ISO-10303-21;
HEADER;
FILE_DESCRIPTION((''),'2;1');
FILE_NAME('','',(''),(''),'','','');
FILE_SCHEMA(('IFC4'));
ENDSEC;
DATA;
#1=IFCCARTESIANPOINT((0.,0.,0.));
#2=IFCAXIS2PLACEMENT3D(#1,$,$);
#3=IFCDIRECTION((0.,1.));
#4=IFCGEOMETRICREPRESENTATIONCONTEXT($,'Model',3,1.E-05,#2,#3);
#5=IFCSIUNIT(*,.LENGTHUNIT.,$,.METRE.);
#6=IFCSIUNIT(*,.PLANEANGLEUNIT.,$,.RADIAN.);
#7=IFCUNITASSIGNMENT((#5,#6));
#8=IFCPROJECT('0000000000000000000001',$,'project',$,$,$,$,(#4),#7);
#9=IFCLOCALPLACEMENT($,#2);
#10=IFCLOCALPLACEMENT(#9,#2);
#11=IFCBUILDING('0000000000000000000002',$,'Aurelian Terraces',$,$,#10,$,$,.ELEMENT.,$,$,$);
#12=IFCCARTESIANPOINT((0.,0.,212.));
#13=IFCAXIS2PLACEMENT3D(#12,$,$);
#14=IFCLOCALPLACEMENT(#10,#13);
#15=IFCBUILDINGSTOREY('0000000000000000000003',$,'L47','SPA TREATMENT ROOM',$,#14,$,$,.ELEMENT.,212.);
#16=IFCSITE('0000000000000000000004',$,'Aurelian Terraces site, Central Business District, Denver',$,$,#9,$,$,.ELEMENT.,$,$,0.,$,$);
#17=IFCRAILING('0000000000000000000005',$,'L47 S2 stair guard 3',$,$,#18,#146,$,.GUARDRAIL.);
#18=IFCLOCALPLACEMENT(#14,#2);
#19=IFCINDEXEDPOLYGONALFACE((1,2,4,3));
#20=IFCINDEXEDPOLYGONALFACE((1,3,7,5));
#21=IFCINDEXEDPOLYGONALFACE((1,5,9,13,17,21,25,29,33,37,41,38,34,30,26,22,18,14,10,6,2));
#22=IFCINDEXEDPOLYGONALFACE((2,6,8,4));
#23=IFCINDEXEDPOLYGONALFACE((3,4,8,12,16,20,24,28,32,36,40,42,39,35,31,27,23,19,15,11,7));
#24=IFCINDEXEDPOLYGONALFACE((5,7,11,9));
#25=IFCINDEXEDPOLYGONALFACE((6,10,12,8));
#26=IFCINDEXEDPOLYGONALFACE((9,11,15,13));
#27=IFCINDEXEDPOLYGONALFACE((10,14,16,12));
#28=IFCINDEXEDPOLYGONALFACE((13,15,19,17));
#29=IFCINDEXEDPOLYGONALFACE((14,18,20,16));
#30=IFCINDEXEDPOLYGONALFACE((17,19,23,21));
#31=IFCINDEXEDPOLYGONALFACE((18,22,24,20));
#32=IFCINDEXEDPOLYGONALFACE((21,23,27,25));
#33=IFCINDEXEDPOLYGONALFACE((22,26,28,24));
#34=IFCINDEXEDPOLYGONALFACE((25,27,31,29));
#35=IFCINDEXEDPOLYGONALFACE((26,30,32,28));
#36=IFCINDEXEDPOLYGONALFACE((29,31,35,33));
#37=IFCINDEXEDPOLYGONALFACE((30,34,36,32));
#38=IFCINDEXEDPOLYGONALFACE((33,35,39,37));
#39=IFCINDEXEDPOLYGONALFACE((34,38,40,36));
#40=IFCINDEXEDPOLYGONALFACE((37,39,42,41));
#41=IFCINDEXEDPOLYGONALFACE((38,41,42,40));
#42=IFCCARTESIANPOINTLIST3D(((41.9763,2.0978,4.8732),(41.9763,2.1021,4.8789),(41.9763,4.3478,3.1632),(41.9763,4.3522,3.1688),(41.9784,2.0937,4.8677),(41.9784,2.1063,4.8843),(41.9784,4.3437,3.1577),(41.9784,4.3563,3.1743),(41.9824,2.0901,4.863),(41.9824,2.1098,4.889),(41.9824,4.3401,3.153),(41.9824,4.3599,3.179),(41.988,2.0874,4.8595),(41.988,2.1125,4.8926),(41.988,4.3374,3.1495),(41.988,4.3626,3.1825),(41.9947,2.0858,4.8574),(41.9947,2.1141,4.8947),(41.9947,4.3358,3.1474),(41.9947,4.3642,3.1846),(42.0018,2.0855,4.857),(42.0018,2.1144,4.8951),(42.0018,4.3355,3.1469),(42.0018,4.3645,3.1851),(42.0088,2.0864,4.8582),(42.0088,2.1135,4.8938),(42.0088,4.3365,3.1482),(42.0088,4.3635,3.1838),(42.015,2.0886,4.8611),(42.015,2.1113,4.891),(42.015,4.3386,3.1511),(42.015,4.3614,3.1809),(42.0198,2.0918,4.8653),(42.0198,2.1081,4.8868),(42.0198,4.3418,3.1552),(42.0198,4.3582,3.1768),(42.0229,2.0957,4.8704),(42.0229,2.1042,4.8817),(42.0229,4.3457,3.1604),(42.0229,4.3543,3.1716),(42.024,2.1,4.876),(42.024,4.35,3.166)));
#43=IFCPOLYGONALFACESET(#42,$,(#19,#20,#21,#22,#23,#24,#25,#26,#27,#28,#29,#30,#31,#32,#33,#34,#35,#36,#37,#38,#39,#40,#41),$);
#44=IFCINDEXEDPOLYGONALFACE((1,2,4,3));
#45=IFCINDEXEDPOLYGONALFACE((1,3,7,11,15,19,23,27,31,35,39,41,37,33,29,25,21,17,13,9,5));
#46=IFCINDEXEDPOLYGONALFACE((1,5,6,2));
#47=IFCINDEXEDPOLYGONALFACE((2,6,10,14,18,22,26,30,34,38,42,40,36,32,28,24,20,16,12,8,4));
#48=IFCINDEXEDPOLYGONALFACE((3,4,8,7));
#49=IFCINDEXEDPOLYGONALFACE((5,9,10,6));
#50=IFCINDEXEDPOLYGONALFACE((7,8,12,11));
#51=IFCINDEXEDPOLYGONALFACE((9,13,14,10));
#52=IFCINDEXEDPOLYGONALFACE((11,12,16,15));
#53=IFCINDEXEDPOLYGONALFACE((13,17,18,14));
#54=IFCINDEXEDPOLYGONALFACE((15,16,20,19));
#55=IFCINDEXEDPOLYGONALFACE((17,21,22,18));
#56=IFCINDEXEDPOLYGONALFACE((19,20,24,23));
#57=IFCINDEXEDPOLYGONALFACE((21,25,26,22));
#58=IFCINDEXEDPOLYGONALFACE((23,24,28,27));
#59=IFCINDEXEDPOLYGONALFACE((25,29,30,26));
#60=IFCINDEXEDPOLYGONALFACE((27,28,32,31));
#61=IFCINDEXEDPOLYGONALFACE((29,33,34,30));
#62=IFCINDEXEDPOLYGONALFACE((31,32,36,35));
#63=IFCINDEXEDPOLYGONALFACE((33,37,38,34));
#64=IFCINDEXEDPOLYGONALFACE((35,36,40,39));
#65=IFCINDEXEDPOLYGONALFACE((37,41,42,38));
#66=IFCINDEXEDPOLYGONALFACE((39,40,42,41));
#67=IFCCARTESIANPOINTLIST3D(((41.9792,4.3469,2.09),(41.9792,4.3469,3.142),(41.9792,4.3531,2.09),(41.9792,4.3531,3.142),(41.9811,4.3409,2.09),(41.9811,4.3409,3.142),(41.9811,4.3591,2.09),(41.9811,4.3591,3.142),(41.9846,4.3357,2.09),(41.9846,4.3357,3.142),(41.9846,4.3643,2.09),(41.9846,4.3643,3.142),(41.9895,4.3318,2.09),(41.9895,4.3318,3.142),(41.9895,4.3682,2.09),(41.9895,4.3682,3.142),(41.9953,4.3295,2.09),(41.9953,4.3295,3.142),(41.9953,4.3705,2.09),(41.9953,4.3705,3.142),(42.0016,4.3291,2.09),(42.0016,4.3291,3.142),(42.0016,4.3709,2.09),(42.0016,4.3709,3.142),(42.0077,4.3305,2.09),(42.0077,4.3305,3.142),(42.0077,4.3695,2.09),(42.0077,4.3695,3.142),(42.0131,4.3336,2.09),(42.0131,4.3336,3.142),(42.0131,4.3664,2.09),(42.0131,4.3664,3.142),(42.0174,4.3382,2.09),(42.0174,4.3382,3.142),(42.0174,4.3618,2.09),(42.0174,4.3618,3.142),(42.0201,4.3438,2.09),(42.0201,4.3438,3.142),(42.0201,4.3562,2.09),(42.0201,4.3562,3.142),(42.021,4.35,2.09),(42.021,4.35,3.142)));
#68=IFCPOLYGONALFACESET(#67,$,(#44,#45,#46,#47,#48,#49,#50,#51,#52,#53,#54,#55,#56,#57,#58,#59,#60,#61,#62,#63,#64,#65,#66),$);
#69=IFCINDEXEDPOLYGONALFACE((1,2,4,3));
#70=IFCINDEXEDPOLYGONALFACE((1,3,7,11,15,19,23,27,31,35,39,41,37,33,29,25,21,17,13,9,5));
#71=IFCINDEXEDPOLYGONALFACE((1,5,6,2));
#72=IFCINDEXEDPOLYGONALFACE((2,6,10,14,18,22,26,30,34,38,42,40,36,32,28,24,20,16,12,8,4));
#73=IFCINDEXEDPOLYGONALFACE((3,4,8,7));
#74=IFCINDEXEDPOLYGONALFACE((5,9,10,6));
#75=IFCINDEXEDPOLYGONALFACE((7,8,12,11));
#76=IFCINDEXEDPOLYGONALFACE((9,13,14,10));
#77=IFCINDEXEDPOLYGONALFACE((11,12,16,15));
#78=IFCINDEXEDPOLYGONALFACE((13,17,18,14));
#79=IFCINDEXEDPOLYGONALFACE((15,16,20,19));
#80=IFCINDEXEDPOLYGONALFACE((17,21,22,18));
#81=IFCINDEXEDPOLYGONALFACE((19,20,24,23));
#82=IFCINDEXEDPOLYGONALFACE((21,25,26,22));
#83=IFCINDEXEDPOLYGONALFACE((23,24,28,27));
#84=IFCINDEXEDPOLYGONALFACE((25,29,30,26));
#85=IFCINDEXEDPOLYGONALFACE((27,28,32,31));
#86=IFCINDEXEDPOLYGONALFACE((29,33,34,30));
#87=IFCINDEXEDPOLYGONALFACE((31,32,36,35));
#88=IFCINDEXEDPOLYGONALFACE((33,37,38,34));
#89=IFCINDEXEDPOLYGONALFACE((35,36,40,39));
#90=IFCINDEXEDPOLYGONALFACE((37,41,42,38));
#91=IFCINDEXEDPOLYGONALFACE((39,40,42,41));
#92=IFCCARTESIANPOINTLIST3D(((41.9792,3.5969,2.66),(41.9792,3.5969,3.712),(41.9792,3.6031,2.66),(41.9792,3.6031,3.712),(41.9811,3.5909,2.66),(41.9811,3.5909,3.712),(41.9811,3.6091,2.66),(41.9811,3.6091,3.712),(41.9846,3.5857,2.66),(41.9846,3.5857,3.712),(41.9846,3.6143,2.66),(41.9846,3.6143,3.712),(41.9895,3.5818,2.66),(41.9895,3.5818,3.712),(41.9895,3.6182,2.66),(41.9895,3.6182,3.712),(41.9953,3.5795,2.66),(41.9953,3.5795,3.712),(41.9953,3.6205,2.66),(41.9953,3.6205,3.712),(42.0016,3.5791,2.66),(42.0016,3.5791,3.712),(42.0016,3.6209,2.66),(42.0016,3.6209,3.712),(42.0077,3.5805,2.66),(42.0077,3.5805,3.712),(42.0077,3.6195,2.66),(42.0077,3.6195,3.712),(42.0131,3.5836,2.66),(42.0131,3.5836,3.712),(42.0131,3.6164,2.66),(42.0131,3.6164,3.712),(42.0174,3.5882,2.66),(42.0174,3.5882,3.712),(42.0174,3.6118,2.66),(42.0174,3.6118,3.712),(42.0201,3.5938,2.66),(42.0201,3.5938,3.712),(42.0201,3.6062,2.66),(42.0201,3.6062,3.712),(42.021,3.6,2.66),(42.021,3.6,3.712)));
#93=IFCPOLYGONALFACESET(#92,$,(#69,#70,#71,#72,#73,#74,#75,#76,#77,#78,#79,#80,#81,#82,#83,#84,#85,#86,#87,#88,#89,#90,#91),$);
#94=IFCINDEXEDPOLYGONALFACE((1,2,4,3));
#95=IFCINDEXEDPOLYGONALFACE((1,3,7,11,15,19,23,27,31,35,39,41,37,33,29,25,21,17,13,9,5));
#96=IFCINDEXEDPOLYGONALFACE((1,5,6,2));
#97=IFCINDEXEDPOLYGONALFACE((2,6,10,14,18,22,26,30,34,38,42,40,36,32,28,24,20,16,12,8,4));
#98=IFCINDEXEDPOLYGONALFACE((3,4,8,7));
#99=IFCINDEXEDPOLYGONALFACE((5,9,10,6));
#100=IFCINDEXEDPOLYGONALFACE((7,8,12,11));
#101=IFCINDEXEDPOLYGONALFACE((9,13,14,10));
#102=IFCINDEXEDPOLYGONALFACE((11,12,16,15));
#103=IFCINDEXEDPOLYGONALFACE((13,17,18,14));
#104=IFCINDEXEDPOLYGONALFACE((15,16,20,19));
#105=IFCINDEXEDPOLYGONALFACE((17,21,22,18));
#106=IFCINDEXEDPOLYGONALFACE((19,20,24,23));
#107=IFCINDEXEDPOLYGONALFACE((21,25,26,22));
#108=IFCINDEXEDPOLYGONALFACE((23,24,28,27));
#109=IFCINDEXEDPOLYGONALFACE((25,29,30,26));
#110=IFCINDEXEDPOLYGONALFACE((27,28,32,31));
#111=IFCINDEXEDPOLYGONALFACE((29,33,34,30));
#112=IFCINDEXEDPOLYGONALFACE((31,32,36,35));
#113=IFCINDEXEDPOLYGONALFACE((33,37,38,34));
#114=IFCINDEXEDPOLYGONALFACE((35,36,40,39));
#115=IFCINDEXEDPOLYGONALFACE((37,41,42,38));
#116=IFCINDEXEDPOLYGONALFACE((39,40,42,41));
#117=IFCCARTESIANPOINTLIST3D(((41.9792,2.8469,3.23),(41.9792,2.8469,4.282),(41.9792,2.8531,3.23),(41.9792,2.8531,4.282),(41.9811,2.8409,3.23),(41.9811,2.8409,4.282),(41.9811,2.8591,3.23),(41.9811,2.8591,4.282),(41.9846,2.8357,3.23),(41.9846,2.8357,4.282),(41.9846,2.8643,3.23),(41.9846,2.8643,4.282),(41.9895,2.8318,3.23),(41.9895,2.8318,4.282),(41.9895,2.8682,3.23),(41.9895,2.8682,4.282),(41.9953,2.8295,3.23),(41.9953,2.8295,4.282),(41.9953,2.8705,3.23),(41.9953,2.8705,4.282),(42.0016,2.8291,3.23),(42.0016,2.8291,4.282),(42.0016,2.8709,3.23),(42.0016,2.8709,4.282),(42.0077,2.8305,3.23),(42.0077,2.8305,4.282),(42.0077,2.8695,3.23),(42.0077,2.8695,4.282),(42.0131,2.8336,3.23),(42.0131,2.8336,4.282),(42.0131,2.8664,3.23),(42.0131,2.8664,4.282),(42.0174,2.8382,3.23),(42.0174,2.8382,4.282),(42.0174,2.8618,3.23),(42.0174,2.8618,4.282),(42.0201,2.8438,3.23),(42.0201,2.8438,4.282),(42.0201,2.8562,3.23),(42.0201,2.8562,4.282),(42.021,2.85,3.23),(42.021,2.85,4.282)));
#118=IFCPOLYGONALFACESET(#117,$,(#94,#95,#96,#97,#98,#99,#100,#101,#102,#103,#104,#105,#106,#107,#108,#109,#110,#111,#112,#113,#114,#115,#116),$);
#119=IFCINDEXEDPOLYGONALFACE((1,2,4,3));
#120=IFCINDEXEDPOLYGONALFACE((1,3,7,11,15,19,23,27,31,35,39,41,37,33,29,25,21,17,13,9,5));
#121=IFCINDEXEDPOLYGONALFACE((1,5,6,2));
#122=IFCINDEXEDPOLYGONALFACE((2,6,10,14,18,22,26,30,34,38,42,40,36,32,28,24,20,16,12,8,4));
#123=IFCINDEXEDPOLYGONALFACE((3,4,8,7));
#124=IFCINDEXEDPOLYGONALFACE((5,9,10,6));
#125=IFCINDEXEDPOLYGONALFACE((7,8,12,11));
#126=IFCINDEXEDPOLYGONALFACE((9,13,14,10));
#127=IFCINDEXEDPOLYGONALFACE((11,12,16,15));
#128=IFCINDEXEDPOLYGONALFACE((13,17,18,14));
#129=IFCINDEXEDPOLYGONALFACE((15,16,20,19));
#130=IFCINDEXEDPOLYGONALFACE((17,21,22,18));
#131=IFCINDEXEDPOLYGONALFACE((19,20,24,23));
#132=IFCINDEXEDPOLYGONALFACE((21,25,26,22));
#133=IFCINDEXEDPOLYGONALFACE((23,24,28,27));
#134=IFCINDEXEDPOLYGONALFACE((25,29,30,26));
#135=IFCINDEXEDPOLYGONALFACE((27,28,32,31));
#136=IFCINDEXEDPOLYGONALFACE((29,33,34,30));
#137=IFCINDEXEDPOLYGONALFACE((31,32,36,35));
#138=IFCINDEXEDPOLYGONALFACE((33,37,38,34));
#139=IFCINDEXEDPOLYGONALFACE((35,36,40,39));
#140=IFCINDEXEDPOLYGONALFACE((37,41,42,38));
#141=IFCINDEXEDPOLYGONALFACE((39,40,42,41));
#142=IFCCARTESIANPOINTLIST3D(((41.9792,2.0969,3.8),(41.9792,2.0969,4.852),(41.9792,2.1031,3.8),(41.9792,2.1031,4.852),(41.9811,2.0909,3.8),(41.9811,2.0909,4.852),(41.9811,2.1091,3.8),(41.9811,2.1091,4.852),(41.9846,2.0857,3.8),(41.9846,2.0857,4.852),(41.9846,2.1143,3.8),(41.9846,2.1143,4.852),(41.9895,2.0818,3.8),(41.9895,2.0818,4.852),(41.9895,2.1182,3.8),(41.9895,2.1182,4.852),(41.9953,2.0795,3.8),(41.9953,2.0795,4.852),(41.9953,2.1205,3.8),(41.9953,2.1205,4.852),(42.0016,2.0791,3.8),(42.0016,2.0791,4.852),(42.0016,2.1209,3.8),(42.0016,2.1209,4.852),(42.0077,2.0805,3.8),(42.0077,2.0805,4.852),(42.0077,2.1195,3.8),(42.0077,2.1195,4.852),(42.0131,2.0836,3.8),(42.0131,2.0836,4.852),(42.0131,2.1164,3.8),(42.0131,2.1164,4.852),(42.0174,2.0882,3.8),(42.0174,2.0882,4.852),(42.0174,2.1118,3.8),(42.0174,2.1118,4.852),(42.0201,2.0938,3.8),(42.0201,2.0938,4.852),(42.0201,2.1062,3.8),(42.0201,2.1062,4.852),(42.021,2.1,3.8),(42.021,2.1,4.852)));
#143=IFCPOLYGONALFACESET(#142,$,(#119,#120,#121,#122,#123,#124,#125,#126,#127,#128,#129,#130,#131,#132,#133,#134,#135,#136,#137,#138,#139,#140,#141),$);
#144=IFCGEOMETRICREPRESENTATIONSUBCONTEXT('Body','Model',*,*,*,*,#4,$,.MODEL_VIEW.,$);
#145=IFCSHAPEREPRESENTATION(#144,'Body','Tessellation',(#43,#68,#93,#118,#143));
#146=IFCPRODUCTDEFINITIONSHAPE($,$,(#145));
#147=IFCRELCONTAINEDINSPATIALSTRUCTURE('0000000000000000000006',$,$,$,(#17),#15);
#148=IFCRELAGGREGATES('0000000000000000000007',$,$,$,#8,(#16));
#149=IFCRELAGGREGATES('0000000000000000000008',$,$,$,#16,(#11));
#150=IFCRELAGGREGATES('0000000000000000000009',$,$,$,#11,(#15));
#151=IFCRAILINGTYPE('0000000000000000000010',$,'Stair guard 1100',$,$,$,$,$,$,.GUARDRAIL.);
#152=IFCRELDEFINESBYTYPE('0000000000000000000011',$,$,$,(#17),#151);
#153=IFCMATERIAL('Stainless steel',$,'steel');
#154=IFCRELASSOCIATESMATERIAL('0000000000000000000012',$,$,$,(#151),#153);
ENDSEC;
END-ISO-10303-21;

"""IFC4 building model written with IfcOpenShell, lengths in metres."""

from ifc_helpers import new_model, si_unit, direction, frame, origin, origin_2d, place, context, subcontext, project, spatial, circle, extrude, source, transform, mapped, material, type_object, element, save


model = new_model("IFC4")

# Units and contexts
model_context = context("Model", 3, precision=1e-05, world=origin(), true_north=direction((0.0, 1.0)))
body_context = subcontext(model_context, "Body", "Model", "MODEL_VIEW")
ifc_project = project(units=[si_unit("LENGTHUNIT", "METRE"), si_unit("PLANEANGLEUNIT", "RADIAN")], contexts=[model_context])

# Site, building, storey
site_placement = place(None, origin())
site = spatial("IfcSite", under=ifc_project, at=site_placement, Name="Aurelian Terraces site, Central Business District, Denver", CompositionType="ELEMENT", RefElevation=0.0)
building_placement = place(site_placement, origin())
building = spatial("IfcBuilding", under=site, at=building_placement, Name="Aurelian Terraces", CompositionType="ELEMENT")
storey_placement = place(building_placement, frame((0.0, 0.0, 212.0)))
storey = spatial("IfcBuildingStorey", under=building, at=storey_placement, Name="L47", Description="SPA TREATMENT ROOM", CompositionType="ELEMENT", Elevation=212.0)

# Railing
ifc_material_1 = material(Name="Stainless steel", Category="steel")
railing_type_1 = type_object("IfcRailingType", Name="Stair guard 1100", PredefinedType="GUARDRAIL", material=ifc_material_1)
shared_shape_1 = source(origin(), body_context, "Body", "SweptSolid", [
    extrude(circle(Radius=0.024, at=origin_2d()), frame((0.0, 0.0, 1.076), z_axis=(0.0, -0.796162, 0.605083), x_axis=(1.0, 0.0, 0.0)), (0.0, 0.0, 1.0), 2.8261),
    extrude(circle(Radius=0.021, at=origin_2d()), origin(), (0.0, 0.0, 1.0), 1.052),
    extrude(circle(Radius=0.021, at=origin_2d()), frame((0.0, -0.75, 0.57)), (0.0, 0.0, 1.0), 1.052),
    extrude(circle(Radius=0.021, at=origin_2d()), frame((0.0, -1.5, 1.14)), (0.0, 0.0, 1.0), 1.052),
    extrude(circle(Radius=0.021, at=origin_2d()), frame((0.0, -2.25, 1.71)), (0.0, 0.0, 1.0), 1.052),
])
railing_1_placement = place(storey_placement, frame((42.0, 4.35, 2.09)))
element("IfcRailing", 1, at=railing_1_placement, inside=storey, type_object=railing_type_1, Name="L47 S2 stair guard 3", PredefinedType="GUARDRAIL", context=body_context, shape_type="MappedRepresentation", body=[
    mapped(shared_shape_1, transform((0.0, 0.0, 0.0), scale=1.0)),
])

save(model, "model.ifc")
